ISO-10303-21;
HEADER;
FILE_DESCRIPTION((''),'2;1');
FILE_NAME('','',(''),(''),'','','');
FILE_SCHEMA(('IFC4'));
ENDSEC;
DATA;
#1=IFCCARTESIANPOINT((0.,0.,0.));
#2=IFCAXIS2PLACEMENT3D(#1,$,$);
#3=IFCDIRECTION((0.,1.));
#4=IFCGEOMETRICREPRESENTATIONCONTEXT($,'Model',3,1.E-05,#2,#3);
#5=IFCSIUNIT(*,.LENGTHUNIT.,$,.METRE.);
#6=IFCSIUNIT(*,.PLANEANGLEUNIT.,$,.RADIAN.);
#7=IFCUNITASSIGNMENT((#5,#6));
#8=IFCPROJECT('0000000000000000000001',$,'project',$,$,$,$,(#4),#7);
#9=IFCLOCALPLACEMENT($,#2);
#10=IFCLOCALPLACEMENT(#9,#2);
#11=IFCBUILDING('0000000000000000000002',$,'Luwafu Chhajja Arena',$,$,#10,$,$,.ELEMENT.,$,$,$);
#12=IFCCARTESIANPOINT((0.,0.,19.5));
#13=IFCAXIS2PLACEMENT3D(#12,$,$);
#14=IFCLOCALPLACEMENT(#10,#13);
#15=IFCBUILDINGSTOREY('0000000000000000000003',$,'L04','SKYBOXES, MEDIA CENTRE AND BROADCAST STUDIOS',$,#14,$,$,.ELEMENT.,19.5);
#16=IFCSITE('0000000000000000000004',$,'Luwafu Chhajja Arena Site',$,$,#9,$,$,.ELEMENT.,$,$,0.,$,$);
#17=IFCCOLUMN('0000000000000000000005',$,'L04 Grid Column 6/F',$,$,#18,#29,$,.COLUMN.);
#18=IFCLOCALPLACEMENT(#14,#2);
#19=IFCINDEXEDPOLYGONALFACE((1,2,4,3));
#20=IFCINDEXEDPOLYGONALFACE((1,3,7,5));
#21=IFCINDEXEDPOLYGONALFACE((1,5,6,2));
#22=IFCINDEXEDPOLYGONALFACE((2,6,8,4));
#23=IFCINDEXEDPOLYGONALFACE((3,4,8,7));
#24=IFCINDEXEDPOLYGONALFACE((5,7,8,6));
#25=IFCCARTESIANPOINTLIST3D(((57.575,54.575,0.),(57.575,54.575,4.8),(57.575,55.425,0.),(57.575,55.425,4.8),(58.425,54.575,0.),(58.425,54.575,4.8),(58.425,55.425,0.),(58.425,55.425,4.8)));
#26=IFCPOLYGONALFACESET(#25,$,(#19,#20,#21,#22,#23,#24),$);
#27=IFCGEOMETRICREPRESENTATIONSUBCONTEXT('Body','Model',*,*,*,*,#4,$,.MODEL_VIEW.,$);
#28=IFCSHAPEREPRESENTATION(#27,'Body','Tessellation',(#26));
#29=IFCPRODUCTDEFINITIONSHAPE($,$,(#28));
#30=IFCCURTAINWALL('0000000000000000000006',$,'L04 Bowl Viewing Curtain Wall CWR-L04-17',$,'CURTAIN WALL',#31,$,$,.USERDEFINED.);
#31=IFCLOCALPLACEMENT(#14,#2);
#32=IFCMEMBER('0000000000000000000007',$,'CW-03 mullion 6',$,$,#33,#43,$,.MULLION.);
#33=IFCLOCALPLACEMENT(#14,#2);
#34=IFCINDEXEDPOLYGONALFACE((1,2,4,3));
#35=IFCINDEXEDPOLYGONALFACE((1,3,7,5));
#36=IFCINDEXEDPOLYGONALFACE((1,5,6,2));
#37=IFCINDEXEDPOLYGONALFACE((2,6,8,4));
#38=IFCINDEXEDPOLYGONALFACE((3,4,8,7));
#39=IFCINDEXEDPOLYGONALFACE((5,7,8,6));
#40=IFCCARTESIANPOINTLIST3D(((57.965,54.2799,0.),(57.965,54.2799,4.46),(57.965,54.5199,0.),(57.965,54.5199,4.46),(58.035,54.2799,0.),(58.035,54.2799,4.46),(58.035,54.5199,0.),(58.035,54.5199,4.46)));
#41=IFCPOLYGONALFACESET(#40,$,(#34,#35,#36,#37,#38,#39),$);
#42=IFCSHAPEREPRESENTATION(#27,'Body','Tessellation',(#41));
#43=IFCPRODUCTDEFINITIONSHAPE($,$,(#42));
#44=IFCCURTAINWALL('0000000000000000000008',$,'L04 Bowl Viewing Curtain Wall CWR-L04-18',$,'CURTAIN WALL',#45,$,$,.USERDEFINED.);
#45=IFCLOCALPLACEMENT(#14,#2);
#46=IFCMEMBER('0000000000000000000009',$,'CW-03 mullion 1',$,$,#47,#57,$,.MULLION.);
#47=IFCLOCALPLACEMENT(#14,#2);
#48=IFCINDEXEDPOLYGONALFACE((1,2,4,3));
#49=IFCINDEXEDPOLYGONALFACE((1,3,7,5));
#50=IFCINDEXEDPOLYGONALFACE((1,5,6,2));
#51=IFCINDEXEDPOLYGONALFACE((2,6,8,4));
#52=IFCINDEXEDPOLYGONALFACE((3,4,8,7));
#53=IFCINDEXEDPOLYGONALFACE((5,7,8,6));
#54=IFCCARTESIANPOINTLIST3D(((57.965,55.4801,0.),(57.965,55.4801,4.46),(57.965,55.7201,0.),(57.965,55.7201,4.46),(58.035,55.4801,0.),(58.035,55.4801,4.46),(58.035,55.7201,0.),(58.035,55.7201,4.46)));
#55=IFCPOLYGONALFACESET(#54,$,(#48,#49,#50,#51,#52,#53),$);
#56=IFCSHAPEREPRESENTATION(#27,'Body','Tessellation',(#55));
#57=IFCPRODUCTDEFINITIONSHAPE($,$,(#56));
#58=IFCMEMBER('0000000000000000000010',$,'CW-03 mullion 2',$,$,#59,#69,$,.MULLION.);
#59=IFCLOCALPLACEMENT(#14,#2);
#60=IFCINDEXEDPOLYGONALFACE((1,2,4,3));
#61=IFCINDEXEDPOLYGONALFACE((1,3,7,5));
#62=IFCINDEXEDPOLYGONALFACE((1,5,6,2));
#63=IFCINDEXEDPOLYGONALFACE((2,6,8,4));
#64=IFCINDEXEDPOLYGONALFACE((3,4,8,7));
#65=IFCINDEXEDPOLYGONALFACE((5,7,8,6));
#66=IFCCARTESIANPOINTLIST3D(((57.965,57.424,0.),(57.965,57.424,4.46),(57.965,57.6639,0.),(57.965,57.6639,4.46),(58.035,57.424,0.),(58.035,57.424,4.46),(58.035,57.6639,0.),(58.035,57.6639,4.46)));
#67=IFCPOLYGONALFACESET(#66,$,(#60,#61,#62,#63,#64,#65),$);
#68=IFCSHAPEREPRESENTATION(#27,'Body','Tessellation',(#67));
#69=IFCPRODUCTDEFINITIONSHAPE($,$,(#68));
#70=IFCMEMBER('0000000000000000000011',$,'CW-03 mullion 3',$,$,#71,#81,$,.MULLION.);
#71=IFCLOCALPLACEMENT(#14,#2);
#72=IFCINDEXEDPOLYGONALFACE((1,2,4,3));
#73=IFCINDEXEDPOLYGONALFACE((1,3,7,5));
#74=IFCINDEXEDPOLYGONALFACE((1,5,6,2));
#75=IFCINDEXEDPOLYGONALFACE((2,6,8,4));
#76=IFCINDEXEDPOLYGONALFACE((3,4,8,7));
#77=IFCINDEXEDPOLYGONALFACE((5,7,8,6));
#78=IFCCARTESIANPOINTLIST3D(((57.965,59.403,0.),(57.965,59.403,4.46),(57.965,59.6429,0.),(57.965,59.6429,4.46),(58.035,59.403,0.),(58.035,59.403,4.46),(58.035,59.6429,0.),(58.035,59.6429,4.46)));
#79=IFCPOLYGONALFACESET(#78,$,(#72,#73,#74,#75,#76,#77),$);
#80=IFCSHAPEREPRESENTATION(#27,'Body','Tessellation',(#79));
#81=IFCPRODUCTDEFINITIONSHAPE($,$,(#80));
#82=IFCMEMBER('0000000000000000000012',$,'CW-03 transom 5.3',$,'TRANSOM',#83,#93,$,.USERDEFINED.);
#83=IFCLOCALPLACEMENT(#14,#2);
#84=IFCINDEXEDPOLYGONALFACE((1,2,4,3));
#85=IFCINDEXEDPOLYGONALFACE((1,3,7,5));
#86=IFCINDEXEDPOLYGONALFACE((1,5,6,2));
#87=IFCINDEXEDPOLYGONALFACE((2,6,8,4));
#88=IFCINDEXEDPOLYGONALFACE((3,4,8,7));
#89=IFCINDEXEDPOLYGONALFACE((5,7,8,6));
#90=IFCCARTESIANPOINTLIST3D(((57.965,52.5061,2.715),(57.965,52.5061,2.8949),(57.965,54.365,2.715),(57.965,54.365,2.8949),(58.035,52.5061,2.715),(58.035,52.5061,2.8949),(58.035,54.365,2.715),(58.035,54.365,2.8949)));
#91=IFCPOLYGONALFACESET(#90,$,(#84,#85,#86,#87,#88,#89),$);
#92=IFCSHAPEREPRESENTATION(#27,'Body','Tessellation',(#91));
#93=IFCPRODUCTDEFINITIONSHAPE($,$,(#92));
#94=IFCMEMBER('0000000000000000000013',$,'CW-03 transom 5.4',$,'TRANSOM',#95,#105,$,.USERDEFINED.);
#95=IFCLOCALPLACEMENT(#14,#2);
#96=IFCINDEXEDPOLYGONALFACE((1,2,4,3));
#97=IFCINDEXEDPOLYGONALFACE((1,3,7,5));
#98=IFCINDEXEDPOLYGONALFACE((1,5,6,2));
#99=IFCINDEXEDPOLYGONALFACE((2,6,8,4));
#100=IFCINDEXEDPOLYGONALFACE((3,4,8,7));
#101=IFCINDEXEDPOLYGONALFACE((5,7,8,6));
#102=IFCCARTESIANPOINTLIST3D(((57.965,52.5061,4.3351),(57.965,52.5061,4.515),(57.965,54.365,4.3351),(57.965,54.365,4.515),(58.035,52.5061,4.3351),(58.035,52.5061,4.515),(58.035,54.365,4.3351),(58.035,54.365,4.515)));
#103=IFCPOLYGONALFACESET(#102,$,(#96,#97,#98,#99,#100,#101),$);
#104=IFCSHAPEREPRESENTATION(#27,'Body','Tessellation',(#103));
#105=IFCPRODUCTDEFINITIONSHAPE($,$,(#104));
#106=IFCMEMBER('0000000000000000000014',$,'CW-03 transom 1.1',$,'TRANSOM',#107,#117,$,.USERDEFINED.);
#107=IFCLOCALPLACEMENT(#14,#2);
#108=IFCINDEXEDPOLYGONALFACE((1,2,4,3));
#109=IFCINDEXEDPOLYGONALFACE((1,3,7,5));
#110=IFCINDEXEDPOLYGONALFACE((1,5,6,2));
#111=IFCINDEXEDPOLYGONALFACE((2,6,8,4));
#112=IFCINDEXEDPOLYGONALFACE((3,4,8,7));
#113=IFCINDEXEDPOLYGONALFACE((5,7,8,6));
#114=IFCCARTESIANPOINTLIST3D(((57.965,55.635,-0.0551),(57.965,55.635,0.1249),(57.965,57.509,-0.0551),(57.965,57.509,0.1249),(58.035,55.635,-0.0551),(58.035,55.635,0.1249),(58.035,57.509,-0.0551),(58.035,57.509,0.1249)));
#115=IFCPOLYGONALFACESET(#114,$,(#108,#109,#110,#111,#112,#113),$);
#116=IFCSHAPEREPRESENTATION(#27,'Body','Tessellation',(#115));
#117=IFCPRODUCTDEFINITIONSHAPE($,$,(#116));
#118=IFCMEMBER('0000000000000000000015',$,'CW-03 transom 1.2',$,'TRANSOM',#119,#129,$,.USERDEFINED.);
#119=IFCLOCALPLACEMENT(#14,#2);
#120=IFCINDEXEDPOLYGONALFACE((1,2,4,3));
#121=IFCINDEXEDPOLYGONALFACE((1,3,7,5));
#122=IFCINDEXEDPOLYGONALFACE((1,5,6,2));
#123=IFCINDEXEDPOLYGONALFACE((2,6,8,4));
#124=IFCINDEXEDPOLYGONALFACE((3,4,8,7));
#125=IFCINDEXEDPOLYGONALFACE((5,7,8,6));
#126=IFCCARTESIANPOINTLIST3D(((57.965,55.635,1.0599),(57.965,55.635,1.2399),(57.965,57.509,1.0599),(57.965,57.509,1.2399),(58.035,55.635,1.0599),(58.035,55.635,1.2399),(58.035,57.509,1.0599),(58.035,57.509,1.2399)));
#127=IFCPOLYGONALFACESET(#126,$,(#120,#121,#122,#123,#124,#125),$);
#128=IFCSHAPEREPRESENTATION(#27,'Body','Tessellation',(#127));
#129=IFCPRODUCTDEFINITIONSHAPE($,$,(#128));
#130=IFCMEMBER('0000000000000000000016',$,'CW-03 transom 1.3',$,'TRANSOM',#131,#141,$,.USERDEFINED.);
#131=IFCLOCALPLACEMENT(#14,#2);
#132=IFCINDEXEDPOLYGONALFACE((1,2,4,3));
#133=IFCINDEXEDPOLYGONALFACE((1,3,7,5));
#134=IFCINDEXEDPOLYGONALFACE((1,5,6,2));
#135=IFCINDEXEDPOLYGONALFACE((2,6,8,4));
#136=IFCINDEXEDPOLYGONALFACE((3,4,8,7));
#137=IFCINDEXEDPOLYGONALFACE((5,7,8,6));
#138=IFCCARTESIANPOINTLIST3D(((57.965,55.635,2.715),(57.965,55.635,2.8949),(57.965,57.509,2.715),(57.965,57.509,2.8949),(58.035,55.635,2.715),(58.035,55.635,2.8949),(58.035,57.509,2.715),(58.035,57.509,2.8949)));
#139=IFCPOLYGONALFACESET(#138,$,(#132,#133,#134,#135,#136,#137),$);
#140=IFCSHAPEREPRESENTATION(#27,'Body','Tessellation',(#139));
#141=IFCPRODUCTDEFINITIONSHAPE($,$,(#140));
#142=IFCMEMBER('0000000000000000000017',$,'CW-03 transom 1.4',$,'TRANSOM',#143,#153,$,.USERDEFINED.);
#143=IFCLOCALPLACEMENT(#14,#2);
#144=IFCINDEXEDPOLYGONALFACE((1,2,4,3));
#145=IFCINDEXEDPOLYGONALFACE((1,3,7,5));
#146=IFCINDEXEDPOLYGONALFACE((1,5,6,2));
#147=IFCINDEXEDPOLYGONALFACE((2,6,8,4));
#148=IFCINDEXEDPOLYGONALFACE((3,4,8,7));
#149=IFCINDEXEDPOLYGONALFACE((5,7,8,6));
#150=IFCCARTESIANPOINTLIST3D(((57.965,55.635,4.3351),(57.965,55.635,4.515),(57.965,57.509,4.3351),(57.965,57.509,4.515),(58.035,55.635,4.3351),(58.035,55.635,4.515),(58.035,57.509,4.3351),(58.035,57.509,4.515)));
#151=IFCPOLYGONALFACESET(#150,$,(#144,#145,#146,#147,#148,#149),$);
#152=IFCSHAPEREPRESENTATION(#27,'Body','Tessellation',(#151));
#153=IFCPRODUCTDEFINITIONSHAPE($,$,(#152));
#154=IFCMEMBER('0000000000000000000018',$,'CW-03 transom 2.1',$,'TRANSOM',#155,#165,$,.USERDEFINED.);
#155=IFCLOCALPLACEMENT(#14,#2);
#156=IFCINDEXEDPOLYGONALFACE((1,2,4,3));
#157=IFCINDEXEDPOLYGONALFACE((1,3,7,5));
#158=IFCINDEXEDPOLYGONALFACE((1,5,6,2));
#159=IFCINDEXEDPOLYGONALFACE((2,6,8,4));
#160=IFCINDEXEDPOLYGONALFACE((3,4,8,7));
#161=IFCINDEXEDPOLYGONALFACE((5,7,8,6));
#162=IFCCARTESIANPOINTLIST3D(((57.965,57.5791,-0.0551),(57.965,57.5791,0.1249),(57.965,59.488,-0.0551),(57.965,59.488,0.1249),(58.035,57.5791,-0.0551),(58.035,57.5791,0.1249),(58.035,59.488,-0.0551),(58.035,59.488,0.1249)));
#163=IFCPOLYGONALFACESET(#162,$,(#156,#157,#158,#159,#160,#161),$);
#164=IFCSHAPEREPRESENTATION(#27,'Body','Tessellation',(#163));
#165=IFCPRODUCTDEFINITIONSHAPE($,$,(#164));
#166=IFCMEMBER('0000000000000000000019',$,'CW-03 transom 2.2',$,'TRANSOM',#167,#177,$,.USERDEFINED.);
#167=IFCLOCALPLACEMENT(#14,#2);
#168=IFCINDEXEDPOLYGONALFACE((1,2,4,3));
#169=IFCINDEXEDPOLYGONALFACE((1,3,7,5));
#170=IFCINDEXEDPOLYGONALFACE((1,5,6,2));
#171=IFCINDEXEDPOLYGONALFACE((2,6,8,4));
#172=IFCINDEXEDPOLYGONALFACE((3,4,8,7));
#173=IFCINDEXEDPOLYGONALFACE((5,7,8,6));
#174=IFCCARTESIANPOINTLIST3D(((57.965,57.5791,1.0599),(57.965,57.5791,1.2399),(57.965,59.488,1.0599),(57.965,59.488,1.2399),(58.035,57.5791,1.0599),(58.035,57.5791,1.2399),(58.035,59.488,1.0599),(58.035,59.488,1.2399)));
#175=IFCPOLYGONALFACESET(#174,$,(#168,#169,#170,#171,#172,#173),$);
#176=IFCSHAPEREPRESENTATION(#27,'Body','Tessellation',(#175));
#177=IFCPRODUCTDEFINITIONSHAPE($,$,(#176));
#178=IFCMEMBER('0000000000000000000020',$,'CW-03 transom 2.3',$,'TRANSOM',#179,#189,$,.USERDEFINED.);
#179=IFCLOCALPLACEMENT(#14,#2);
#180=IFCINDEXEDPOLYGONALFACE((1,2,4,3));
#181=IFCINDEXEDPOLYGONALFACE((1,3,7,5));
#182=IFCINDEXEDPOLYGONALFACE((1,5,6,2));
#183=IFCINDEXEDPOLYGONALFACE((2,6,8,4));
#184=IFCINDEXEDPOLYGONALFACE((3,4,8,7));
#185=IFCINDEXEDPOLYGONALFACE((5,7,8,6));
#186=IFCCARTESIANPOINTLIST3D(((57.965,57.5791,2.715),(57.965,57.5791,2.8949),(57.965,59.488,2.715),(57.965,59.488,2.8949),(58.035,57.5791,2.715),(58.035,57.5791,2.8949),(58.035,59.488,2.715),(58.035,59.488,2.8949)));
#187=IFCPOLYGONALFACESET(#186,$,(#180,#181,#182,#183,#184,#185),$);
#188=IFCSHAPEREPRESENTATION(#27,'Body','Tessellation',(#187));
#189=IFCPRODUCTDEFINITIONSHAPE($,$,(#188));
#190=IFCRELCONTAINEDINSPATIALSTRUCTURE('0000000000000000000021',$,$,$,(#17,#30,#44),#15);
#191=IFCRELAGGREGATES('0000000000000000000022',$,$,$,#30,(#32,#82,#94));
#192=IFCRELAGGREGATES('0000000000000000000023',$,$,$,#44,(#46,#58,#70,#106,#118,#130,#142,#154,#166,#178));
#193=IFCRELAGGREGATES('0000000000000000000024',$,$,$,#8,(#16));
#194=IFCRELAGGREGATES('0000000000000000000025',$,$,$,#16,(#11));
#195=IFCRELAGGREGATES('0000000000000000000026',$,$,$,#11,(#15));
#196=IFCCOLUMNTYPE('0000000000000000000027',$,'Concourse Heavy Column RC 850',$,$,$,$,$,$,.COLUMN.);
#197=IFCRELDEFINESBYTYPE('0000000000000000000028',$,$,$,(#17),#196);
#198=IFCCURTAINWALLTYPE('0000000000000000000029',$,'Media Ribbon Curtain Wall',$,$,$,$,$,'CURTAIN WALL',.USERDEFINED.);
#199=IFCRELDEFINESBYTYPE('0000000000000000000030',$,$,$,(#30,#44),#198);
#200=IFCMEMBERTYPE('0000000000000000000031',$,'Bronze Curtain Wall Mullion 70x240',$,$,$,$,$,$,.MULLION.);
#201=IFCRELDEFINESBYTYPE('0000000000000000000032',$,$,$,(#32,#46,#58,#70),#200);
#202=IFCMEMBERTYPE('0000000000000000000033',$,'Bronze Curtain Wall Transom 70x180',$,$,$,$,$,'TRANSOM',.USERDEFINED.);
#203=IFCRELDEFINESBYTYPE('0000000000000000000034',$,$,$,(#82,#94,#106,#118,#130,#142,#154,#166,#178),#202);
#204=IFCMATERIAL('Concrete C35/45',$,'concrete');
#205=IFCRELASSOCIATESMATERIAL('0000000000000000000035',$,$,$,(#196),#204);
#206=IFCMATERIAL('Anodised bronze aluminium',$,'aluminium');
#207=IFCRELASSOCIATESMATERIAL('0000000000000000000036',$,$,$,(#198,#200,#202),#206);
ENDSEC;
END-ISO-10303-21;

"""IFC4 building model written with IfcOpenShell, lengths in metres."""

from ifc_helpers import new_model, si_unit, direction, frame, origin, origin_2d, place, context, subcontext, project, spatial, rectangle, extrude, material, material_profile, profile_set, type_object, element, aggregate, save


model = new_model("IFC4")

# Units and contexts
model_context = context("Model", 3, precision=1e-05, world=origin(), true_north=direction((0.0, 1.0)))
body_context = subcontext(model_context, "Body", "Model", "MODEL_VIEW")
ifc_project = project(units=[si_unit("LENGTHUNIT", "METRE"), si_unit("PLANEANGLEUNIT", "RADIAN")], contexts=[model_context])

# Site, building, storey
site_placement = place(None, origin())
site = spatial("IfcSite", under=ifc_project, at=site_placement, Name="Luwafu Chhajja Arena Site", CompositionType="ELEMENT", RefElevation=0.0)
building_placement = place(site_placement, origin())
building = spatial("IfcBuilding", under=site, at=building_placement, Name="Luwafu Chhajja Arena", CompositionType="ELEMENT")
storey_placement = place(building_placement, frame((0.0, 0.0, 19.5)))
storey = spatial("IfcBuildingStorey", under=building, at=storey_placement, Name="L04", Description="SKYBOXES, MEDIA CENTRE AND BROADCAST STUDIOS", CompositionType="ELEMENT", Elevation=19.5)

# Column
ifc_material_1 = material(Name="Concrete C35/45", Category="concrete")
ifc_material_profile_1 = material_profile(ifc_material_1, rectangle(XDim=0.8501, YDim=0.8501, at=origin_2d()), Name="RC 850x850")
ifc_profile_set_1 = profile_set([ifc_material_profile_1], Name="Concrete C35/45")
column_type = type_object("IfcColumnType", Name="Concourse Heavy Column RC 850", PredefinedType="COLUMN", material=ifc_profile_set_1)
column_placement = place(storey_placement, frame((58.0, 55.0, 0.0), z_axis=(0.0, 0.0, 1.0), x_axis=(1.0, 0.0, 0.0)))
element("IfcColumn", 1, at=column_placement, inside=storey, type_object=column_type, Name="L04 Grid Column 6/F", PredefinedType="COLUMN", context=body_context, shape_type="SweptSolid", body=[
    extrude(rectangle(XDim=0.8501, YDim=0.8501, at=origin_2d()), origin(), (0.0, 0.0, 1.0), 4.8),
])

# Curtain wall, member
ifc_material_2 = material(Name="Anodised bronze aluminium", Category="aluminium")
curtain_wall_type = type_object("IfcCurtainWallType", Name="Media Ribbon Curtain Wall", ElementType="CURTAIN WALL", PredefinedType="USERDEFINED", material=ifc_material_2)
curtain_wall_1_placement = place(storey_placement, origin())
curtain_wall_1 = element("IfcCurtainWall", 2, at=curtain_wall_1_placement, inside=storey, type_object=curtain_wall_type, Name="L04 Bowl Viewing Curtain Wall CWR-L04-17", ObjectType="CURTAIN WALL", PredefinedType="USERDEFINED")
ifc_material_profile_2 = material_profile(ifc_material_2, rectangle(XDim=0.0701, YDim=0.24, at=origin_2d()), Name="CWM 70x240")
ifc_profile_set_2 = profile_set([ifc_material_profile_2], Name="Anodised bronze aluminium")
member_type_1 = type_object("IfcMemberType", Name="Bronze Curtain Wall Mullion 70x240", PredefinedType="MULLION", material=ifc_profile_set_2)
member_1_placement = place(storey_placement, frame((58.0, 54.3999, 0.0), z_axis=(0.0, 0.0, 1.0), x_axis=(-1.0, 0.0, 0.0)))
member_1 = element("IfcMember", 3, at=member_1_placement, type_object=member_type_1, Name="CW-03 mullion 6", PredefinedType="MULLION", context=body_context, shape_type="SweptSolid", body=[
    extrude(rectangle(XDim=0.0701, YDim=0.24, at=origin_2d()), origin(), (0.0, 0.0, 1.0), 4.46),
])

# Curtain wall, members
curtain_wall_2_placement = place(storey_placement, origin())
curtain_wall_2 = element("IfcCurtainWall", 4, at=curtain_wall_2_placement, inside=storey, type_object=curtain_wall_type, Name="L04 Bowl Viewing Curtain Wall CWR-L04-18", ObjectType="CURTAIN WALL", PredefinedType="USERDEFINED")
member_2_placement = place(storey_placement, frame((58.0, 55.6001, 0.0), z_axis=(0.0, 0.0, 1.0), x_axis=(-1.0, 0.0, 0.0)))
member_2 = element("IfcMember", 5, at=member_2_placement, type_object=member_type_1, Name="CW-03 mullion 1", PredefinedType="MULLION", context=body_context, shape_type="SweptSolid", body=[
    extrude(rectangle(XDim=0.0701, YDim=0.24, at=origin_2d()), origin(), (0.0, 0.0, 1.0), 4.46),
])
member_3_placement = place(storey_placement, frame((58.0, 57.5439, 0.0), z_axis=(0.0, 0.0, 1.0), x_axis=(-1.0, 0.0, 0.0)))
member_3 = element("IfcMember", 6, at=member_3_placement, type_object=member_type_1, Name="CW-03 mullion 2", PredefinedType="MULLION", context=body_context, shape_type="SweptSolid", body=[
    extrude(rectangle(XDim=0.0701, YDim=0.24, at=origin_2d()), origin(), (0.0, 0.0, 1.0), 4.46),
])
member_4_placement = place(storey_placement, frame((58.0, 59.5229, 0.0), z_axis=(0.0, 0.0, 1.0), x_axis=(-1.0, 0.0, 0.0)))
member_4 = element("IfcMember", 7, at=member_4_placement, type_object=member_type_1, Name="CW-03 mullion 3", PredefinedType="MULLION", context=body_context, shape_type="SweptSolid", body=[
    extrude(rectangle(XDim=0.0701, YDim=0.24, at=origin_2d()), origin(), (0.0, 0.0, 1.0), 4.46),
])

# Members
ifc_material_profile_3 = material_profile(ifc_material_2, rectangle(XDim=0.0701, YDim=0.1799, at=origin_2d()), Name="CWT 70x180")
ifc_profile_set_3 = profile_set([ifc_material_profile_3], Name="Anodised bronze aluminium")
member_type_2 = type_object("IfcMemberType", Name="Bronze Curtain Wall Transom 70x180", ElementType="TRANSOM", PredefinedType="USERDEFINED", material=ifc_profile_set_3)
member_5_placement = place(storey_placement, frame((58.0, 52.5061, 2.8049), z_axis=(0.0, 1.0, 0.0), x_axis=(-1.0, 0.0, 0.0)))
member_5 = element("IfcMember", 8, at=member_5_placement, type_object=member_type_2, Name="CW-03 transom 5.3", ObjectType="TRANSOM", PredefinedType="USERDEFINED", context=body_context, shape_type="SweptSolid", body=[
    extrude(rectangle(XDim=0.0701, YDim=0.1799, at=origin_2d()), origin(), (0.0, 0.0, 1.0), 1.8589),
])
member_6_placement = place(storey_placement, frame((58.0, 52.5061, 4.425), z_axis=(0.0, 1.0, 0.0), x_axis=(-1.0, 0.0, 0.0)))
member_6 = element("IfcMember", 9, at=member_6_placement, type_object=member_type_2, Name="CW-03 transom 5.4", ObjectType="TRANSOM", PredefinedType="USERDEFINED", context=body_context, shape_type="SweptSolid", body=[
    extrude(rectangle(XDim=0.0701, YDim=0.1799, at=origin_2d()), origin(), (0.0, 0.0, 1.0), 1.8589),
])
member_7_placement = place(storey_placement, frame((58.0, 55.635, 0.0349), z_axis=(0.0, 1.0, 0.0), x_axis=(-1.0, 0.0, 0.0)))
member_7 = element("IfcMember", 10, at=member_7_placement, type_object=member_type_2, Name="CW-03 transom 1.1", ObjectType="TRANSOM", PredefinedType="USERDEFINED", context=body_context, shape_type="SweptSolid", body=[
    extrude(rectangle(XDim=0.0701, YDim=0.1799, at=origin_2d()), origin(), (0.0, 0.0, 1.0), 1.874),
])
member_8_placement = place(storey_placement, frame((58.0, 55.635, 1.1499), z_axis=(0.0, 1.0, 0.0), x_axis=(-1.0, 0.0, 0.0)))
member_8 = element("IfcMember", 11, at=member_8_placement, type_object=member_type_2, Name="CW-03 transom 1.2", ObjectType="TRANSOM", PredefinedType="USERDEFINED", context=body_context, shape_type="SweptSolid", body=[
    extrude(rectangle(XDim=0.0701, YDim=0.1799, at=origin_2d()), origin(), (0.0, 0.0, 1.0), 1.874),
])
member_9_placement = place(storey_placement, frame((58.0, 55.635, 2.8049), z_axis=(0.0, 1.0, 0.0), x_axis=(-1.0, 0.0, 0.0)))
member_9 = element("IfcMember", 12, at=member_9_placement, type_object=member_type_2, Name="CW-03 transom 1.3", ObjectType="TRANSOM", PredefinedType="USERDEFINED", context=body_context, shape_type="SweptSolid", body=[
    extrude(rectangle(XDim=0.0701, YDim=0.1799, at=origin_2d()), origin(), (0.0, 0.0, 1.0), 1.874),
])
member_10_placement = place(storey_placement, frame((58.0, 55.635, 4.425), z_axis=(0.0, 1.0, 0.0), x_axis=(-1.0, 0.0, 0.0)))
member_10 = element("IfcMember", 13, at=member_10_placement, type_object=member_type_2, Name="CW-03 transom 1.4", ObjectType="TRANSOM", PredefinedType="USERDEFINED", context=body_context, shape_type="SweptSolid", body=[
    extrude(rectangle(XDim=0.0701, YDim=0.1799, at=origin_2d()), origin(), (0.0, 0.0, 1.0), 1.874),
])
member_11_placement = place(storey_placement, frame((58.0, 57.5791, 0.0349), z_axis=(0.0, 1.0, 0.0), x_axis=(-1.0, 0.0, 0.0)))
member_11 = element("IfcMember", 14, at=member_11_placement, type_object=member_type_2, Name="CW-03 transom 2.1", ObjectType="TRANSOM", PredefinedType="USERDEFINED", context=body_context, shape_type="SweptSolid", body=[
    extrude(rectangle(XDim=0.0701, YDim=0.1799, at=origin_2d()), origin(), (0.0, 0.0, 1.0), 1.9089),
])
member_12_placement = place(storey_placement, frame((58.0, 57.5791, 1.1499), z_axis=(0.0, 1.0, 0.0), x_axis=(-1.0, 0.0, 0.0)))
member_12 = element("IfcMember", 15, at=member_12_placement, type_object=member_type_2, Name="CW-03 transom 2.2", ObjectType="TRANSOM", PredefinedType="USERDEFINED", context=body_context, shape_type="SweptSolid", body=[
    extrude(rectangle(XDim=0.0701, YDim=0.1799, at=origin_2d()), origin(), (0.0, 0.0, 1.0), 1.9089),
])
member_13_placement = place(storey_placement, frame((58.0, 57.5791, 2.8049), z_axis=(0.0, 1.0, 0.0), x_axis=(-1.0, 0.0, 0.0)))
member_13 = element("IfcMember", 16, at=member_13_placement, type_object=member_type_2, Name="CW-03 transom 2.3", ObjectType="TRANSOM", PredefinedType="USERDEFINED", context=body_context, shape_type="SweptSolid", body=[
    extrude(rectangle(XDim=0.0701, YDim=0.1799, at=origin_2d()), origin(), (0.0, 0.0, 1.0), 1.9089),
])

aggregate(curtain_wall_1, [member_1, member_5, member_6])
aggregate(curtain_wall_2, [member_2, member_3, member_4, member_7, member_8, member_9, member_10, member_11, member_12, member_13])

save(model, "model.ifc")
